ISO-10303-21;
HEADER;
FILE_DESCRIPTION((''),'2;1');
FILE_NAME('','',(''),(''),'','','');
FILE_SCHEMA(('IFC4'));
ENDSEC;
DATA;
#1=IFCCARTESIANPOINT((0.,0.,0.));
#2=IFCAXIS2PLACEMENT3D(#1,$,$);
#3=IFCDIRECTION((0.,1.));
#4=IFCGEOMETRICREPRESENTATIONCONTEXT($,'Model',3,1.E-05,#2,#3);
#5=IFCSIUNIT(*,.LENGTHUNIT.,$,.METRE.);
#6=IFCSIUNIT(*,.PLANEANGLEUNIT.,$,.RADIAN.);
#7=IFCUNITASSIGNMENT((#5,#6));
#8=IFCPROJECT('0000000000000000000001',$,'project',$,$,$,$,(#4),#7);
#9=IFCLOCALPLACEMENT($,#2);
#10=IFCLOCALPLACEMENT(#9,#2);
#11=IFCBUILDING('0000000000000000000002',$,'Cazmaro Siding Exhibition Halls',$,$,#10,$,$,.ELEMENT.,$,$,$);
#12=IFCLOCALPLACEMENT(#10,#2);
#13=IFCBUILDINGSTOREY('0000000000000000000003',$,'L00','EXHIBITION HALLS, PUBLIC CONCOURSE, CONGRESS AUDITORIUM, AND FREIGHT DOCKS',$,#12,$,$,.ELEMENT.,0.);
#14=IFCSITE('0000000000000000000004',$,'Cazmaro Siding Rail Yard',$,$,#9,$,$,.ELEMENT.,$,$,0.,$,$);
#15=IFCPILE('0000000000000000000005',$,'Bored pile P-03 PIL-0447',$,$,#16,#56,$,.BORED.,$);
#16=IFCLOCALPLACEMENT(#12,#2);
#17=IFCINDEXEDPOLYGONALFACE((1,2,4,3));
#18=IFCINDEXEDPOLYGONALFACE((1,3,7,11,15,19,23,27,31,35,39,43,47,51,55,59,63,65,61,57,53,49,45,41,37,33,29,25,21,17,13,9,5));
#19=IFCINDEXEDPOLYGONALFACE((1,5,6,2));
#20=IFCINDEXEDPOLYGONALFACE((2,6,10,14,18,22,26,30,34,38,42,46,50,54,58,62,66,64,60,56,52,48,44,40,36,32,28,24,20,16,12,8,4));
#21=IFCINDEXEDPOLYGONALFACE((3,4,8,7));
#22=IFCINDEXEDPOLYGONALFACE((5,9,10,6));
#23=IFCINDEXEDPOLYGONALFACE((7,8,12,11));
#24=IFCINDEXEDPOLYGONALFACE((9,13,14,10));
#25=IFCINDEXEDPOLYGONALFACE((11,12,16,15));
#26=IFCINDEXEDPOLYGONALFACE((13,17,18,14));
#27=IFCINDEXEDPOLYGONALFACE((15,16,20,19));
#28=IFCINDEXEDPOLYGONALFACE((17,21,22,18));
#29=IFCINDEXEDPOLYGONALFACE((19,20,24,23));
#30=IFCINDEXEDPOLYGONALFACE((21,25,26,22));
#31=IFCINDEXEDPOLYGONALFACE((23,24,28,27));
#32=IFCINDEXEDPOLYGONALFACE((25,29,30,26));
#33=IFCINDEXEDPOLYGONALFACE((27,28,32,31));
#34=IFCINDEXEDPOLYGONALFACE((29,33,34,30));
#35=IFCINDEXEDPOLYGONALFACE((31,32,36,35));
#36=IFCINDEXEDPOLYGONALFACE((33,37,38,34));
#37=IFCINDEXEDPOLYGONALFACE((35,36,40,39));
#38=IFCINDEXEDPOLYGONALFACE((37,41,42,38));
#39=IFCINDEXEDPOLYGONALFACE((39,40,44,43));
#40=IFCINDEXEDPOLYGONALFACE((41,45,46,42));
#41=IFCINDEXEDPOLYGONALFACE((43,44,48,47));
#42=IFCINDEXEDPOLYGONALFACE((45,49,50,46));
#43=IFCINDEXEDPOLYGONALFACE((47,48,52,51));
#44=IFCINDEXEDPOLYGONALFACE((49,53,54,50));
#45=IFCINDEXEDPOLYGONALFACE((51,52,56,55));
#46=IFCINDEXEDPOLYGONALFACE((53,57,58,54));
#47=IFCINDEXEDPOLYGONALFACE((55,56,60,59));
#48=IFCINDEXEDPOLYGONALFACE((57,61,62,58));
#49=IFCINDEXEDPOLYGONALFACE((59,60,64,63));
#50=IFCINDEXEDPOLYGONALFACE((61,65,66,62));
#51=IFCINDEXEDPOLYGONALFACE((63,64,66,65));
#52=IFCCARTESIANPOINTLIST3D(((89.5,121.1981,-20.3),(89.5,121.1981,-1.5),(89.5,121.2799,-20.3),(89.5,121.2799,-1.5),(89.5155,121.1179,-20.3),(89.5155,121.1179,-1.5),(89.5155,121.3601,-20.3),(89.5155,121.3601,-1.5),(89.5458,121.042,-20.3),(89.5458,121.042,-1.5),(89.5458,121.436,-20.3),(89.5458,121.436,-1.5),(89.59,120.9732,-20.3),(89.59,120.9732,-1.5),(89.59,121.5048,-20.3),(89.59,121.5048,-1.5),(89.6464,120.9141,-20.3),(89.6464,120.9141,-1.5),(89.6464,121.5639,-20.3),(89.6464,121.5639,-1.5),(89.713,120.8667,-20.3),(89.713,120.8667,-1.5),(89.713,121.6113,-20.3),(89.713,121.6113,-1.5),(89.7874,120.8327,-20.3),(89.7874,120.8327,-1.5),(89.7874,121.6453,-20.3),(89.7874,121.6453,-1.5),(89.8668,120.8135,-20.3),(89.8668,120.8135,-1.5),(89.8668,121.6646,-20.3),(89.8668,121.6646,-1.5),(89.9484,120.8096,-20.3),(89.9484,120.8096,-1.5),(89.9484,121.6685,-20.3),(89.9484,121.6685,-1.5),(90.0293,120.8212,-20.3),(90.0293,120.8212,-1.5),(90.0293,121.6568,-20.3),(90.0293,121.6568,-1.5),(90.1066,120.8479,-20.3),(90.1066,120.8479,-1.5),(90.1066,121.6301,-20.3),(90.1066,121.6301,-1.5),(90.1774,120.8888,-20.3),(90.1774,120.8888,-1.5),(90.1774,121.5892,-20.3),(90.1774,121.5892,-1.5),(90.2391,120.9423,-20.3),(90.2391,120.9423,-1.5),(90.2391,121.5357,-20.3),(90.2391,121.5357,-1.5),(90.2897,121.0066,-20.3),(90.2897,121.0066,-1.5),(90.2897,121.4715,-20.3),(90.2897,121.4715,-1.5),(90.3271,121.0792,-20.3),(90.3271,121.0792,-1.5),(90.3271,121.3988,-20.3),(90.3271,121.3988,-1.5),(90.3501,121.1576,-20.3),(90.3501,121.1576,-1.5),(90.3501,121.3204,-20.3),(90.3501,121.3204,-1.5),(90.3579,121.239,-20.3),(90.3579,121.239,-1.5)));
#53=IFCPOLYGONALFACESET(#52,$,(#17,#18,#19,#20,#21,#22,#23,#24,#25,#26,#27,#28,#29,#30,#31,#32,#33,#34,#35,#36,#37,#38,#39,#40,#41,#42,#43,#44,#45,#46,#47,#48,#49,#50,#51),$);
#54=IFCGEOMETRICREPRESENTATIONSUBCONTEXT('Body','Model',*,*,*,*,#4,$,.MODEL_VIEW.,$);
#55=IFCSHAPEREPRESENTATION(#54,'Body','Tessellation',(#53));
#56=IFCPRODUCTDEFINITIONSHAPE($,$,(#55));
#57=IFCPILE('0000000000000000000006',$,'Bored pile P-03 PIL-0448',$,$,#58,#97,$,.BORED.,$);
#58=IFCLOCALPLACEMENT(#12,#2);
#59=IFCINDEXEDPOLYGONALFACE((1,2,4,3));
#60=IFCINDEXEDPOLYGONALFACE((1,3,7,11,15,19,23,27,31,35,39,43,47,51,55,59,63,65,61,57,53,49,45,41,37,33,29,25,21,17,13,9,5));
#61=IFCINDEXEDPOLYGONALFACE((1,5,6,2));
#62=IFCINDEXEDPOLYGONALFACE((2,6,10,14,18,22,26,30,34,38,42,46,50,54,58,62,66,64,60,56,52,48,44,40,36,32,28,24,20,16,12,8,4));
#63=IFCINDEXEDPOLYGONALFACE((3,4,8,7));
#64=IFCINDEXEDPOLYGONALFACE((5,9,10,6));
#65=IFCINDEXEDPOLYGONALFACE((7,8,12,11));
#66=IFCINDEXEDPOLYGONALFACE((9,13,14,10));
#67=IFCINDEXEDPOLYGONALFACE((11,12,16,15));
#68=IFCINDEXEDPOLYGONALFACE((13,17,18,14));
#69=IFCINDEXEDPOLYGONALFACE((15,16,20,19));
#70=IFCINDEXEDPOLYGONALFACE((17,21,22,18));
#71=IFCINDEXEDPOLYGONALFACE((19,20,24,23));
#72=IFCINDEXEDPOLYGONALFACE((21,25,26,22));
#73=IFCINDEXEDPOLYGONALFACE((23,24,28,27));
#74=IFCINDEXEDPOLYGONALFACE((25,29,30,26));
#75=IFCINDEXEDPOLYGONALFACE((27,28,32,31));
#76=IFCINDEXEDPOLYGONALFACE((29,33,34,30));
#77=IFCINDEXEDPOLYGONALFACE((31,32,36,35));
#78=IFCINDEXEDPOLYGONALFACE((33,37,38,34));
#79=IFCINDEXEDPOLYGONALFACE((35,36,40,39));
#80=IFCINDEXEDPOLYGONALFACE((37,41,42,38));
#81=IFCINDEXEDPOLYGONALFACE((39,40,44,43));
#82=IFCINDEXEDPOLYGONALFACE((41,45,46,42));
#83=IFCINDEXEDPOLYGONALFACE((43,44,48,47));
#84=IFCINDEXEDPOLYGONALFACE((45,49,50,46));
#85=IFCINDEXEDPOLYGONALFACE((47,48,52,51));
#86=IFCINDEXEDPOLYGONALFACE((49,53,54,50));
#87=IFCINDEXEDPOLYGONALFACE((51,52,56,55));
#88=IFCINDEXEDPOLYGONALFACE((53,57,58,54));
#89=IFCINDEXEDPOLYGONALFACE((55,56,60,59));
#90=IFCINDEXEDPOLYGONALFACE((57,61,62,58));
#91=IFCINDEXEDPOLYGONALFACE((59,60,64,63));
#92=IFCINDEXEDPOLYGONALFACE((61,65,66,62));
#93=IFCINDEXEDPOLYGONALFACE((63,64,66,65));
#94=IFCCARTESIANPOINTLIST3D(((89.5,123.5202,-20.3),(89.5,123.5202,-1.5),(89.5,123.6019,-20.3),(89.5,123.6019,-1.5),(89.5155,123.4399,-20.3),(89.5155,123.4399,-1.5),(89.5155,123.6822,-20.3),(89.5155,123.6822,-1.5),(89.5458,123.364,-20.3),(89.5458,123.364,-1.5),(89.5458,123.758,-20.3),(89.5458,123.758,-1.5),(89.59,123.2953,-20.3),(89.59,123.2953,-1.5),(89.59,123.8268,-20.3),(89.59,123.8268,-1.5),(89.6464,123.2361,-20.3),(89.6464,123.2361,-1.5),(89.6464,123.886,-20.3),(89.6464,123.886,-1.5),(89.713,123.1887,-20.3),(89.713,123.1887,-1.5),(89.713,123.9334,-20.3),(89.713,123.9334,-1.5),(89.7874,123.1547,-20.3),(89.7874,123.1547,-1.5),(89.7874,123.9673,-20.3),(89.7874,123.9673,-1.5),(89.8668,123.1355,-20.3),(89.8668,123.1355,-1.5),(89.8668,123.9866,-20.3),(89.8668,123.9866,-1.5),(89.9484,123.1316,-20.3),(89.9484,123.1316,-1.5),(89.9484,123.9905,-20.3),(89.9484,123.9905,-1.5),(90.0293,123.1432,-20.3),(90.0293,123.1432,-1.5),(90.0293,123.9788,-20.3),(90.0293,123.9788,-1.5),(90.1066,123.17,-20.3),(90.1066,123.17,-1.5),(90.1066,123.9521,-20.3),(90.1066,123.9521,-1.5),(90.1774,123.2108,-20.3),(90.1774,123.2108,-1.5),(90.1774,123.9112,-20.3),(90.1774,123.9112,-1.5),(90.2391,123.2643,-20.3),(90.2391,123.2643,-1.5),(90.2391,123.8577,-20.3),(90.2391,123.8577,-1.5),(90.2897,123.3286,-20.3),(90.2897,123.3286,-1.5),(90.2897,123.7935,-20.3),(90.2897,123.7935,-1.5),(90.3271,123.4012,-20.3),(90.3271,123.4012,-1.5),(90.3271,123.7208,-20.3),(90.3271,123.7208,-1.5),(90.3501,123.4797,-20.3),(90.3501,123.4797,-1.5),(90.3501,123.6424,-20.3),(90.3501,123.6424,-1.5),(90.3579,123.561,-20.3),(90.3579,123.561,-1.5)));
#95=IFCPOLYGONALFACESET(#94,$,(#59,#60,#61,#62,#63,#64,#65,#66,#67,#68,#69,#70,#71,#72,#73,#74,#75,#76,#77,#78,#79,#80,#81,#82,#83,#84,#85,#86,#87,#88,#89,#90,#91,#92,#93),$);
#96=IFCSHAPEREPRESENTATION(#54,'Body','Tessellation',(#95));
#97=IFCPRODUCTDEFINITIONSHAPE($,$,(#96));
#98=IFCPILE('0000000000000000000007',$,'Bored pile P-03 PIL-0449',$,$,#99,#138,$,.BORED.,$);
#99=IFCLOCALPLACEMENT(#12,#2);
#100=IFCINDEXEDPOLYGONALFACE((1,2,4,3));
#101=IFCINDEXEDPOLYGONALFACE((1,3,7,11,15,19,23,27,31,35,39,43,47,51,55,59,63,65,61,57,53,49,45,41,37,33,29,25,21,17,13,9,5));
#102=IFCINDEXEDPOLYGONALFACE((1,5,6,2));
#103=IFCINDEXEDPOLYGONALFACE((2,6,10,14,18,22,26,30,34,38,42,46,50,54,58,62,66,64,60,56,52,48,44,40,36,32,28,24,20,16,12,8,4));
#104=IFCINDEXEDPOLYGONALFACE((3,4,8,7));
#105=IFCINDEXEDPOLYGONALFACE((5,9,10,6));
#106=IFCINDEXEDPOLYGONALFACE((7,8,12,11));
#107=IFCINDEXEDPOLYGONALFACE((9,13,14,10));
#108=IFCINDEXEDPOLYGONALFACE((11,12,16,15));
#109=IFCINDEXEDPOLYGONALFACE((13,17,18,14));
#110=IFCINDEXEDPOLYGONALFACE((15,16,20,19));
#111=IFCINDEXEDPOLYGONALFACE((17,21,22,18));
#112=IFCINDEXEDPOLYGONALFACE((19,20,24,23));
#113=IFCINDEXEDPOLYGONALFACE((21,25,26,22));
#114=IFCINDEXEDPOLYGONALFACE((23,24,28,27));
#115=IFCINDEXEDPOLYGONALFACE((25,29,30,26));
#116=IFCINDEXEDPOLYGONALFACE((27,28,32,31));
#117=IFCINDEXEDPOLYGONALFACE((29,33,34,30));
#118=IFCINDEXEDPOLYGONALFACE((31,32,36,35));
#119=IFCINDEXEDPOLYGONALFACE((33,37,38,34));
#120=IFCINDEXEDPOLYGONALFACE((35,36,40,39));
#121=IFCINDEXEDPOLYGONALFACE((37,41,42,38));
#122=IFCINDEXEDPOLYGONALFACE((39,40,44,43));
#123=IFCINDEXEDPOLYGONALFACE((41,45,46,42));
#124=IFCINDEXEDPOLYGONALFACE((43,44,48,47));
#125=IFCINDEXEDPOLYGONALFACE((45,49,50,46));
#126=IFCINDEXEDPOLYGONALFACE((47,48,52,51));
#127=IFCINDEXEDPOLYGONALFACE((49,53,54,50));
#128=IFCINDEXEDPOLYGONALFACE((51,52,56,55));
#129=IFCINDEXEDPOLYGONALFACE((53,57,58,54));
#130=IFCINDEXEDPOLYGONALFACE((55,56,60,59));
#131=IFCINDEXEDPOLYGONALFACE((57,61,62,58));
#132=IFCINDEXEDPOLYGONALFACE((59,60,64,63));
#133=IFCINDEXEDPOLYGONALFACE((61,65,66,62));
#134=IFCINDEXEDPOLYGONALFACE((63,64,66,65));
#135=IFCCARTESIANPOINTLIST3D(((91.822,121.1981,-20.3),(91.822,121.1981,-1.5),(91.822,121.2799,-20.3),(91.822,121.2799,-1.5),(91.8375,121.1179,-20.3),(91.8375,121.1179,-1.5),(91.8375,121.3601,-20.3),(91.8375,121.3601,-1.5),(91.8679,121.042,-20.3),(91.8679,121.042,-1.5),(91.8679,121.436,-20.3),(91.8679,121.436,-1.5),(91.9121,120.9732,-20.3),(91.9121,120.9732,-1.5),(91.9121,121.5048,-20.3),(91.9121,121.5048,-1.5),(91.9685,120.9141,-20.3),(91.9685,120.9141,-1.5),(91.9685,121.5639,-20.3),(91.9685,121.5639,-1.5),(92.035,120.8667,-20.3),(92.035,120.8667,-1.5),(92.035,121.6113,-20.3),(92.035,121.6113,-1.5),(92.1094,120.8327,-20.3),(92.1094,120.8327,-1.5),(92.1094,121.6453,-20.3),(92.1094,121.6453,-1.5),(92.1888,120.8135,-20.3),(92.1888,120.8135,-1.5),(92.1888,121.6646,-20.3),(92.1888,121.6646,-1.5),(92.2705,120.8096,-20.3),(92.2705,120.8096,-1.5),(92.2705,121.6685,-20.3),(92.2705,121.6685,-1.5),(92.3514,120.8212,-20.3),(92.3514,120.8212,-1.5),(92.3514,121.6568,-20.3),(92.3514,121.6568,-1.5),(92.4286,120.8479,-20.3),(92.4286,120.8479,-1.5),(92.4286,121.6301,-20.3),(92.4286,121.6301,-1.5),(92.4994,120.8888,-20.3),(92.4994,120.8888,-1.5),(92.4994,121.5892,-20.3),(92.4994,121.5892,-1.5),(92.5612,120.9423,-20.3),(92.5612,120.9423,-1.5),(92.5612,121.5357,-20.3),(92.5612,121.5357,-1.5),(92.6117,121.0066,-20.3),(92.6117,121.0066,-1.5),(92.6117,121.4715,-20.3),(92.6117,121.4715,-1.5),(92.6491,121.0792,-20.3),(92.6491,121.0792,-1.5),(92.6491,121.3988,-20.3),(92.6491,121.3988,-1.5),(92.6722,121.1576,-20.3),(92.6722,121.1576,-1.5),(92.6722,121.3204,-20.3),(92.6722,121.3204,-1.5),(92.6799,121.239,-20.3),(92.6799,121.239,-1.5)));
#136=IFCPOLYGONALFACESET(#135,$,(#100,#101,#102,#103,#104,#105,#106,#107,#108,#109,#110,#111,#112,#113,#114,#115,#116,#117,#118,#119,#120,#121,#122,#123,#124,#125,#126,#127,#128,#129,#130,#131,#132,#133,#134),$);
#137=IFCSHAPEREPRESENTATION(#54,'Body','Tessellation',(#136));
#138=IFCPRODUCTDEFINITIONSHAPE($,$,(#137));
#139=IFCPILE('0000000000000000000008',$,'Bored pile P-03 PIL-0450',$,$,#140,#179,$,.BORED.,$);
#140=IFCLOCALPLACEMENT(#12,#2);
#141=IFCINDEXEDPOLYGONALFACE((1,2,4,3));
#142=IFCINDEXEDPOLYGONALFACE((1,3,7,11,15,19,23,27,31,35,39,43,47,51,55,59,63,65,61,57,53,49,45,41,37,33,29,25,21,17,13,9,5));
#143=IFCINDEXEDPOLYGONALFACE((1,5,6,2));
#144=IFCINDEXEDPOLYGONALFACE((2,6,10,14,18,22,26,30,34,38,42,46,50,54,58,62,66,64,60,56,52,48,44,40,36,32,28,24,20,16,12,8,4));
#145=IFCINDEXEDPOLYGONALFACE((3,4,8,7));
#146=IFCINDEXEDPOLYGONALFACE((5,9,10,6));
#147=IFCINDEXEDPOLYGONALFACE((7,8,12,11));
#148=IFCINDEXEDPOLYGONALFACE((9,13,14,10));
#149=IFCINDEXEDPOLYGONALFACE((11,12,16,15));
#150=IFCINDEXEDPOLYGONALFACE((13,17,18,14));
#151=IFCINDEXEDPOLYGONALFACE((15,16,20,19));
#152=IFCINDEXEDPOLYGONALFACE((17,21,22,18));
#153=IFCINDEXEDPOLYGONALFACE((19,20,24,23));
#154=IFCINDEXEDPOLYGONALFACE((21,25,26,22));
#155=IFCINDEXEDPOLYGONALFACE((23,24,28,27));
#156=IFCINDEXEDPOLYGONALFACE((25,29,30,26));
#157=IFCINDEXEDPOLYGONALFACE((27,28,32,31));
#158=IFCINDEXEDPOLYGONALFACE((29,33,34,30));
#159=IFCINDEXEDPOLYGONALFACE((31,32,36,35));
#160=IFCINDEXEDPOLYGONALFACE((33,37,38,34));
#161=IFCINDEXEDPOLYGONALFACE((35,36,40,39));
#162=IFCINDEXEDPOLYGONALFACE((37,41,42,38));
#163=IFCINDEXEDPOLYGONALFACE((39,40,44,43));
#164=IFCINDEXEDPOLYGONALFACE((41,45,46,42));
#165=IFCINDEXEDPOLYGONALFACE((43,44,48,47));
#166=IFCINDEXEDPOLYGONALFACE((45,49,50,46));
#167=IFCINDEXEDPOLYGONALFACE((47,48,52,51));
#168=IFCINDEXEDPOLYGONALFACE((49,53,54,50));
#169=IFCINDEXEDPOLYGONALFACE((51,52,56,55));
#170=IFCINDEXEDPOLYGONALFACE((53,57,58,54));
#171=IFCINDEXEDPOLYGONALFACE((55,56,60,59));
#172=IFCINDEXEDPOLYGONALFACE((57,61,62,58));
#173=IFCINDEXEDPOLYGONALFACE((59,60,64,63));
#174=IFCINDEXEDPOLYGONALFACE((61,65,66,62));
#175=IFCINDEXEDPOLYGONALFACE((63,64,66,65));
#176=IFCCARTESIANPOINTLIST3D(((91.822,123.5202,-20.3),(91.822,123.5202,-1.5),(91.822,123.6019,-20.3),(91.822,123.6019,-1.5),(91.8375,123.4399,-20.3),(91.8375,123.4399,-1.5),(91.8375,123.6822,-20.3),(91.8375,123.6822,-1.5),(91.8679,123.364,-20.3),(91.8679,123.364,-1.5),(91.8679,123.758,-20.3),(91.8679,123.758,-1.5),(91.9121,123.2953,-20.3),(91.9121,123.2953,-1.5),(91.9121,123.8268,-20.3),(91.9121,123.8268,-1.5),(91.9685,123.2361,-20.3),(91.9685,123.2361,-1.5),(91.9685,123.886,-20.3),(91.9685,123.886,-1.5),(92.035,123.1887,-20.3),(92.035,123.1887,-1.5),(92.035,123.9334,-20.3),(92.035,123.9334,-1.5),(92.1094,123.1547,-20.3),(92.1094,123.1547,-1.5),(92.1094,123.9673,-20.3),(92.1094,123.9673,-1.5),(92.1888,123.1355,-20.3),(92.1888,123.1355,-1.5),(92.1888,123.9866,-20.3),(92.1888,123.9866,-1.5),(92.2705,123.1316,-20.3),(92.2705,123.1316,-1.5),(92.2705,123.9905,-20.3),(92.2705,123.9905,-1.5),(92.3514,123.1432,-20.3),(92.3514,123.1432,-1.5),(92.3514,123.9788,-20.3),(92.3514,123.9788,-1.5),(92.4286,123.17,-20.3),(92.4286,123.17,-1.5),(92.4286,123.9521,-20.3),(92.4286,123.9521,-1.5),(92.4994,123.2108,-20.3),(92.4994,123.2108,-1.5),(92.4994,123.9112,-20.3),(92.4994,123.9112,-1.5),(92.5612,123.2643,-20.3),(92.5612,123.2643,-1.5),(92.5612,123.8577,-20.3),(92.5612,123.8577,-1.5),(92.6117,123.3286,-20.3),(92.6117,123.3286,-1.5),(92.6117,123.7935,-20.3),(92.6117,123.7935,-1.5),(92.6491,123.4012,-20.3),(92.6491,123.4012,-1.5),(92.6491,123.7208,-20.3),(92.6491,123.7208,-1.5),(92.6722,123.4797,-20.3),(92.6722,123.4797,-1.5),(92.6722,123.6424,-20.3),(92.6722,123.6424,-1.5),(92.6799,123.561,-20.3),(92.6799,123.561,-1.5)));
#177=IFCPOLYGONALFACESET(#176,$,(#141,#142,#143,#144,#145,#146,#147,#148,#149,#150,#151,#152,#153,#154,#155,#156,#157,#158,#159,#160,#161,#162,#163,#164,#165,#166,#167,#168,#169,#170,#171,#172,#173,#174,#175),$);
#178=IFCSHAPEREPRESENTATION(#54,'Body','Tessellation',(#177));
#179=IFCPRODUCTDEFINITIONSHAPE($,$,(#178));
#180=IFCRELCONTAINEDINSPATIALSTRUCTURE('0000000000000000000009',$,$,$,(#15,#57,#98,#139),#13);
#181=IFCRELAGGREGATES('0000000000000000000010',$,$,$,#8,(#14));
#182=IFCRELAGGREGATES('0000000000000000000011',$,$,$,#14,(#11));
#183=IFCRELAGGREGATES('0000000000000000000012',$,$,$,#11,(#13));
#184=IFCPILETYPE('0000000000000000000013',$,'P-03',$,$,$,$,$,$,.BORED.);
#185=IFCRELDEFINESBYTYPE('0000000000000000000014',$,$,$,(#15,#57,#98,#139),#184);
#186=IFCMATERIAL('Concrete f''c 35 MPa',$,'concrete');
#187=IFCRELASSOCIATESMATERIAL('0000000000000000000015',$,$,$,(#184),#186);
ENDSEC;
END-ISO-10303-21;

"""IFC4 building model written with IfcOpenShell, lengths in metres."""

from ifc_helpers import new_model, si_unit, direction, frame, origin, origin_2d, place, context, subcontext, project, spatial, circle, extrude, material, material_profile, profile_set, type_object, element, save


model = new_model("IFC4")

# Units and contexts
model_context = context("Model", 3, precision=1e-05, world=origin(), true_north=direction((0.0, 1.0)))
body_context = subcontext(model_context, "Body", "Model", "MODEL_VIEW")
ifc_project = project(units=[si_unit("LENGTHUNIT", "METRE"), si_unit("PLANEANGLEUNIT", "RADIAN")], contexts=[model_context])

# Site, building, storey
site_placement = place(None, origin())
site = spatial("IfcSite", under=ifc_project, at=site_placement, Name="Cazmaro Siding Rail Yard", CompositionType="ELEMENT", RefElevation=0.0)
building_placement = place(site_placement, origin())
building = spatial("IfcBuilding", under=site, at=building_placement, Name="Cazmaro Siding Exhibition Halls", CompositionType="ELEMENT")
storey_placement = place(building_placement, origin())
storey = spatial("IfcBuildingStorey", under=building, at=storey_placement, Name="L00", Description="EXHIBITION HALLS, PUBLIC CONCOURSE, CONGRESS AUDITORIUM, AND FREIGHT DOCKS", CompositionType="ELEMENT", Elevation=0.0)

# Piles
ifc_material_1 = material(Name="Concrete f'c 35 MPa", Category="concrete")
ifc_material_profile_1 = material_profile(ifc_material_1, circle(Radius=0.4299, at=origin_2d()), Name="CIDH-860")
ifc_profile_set_1 = profile_set([ifc_material_profile_1], Name="Concrete f'c 35 MPa")
pile_type = type_object("IfcPileType", Name="P-03", PredefinedType="BORED", material=ifc_profile_set_1)
for number, where, z_axis, x_axis, name in (
    (1, (89.928, 121.239, -1.5), (0.0, 0.0, -1.0), (1.0, 0.0, 0.0), "Bored pile P-03 PIL-0447"),
    (2, (89.928, 123.561, -1.5), (0.0, 0.0, -1.0), (1.0, 0.0, 0.0), "Bored pile P-03 PIL-0448"),
    (3, (92.25, 121.239, -1.5), (0.0, 0.0, -1.0), (1.0, 0.0, 0.0), "Bored pile P-03 PIL-0449"),
    (4, (92.25, 123.561, -1.5), (0.0, 0.0, -1.0), (1.0, 0.0, 0.0), "Bored pile P-03 PIL-0450"),
):
    element("IfcPile", number, at=place(storey_placement, frame(where, z_axis=z_axis, x_axis=x_axis)), inside=storey, type_object=pile_type, Name=name, PredefinedType="BORED", context=body_context, shape_type="SweptSolid", body=[
        extrude(circle(Radius=0.4299, at=origin_2d()), origin(), (0.0, 0.0, 1.0), 18.8),
    ])

save(model, "model.ifc")
